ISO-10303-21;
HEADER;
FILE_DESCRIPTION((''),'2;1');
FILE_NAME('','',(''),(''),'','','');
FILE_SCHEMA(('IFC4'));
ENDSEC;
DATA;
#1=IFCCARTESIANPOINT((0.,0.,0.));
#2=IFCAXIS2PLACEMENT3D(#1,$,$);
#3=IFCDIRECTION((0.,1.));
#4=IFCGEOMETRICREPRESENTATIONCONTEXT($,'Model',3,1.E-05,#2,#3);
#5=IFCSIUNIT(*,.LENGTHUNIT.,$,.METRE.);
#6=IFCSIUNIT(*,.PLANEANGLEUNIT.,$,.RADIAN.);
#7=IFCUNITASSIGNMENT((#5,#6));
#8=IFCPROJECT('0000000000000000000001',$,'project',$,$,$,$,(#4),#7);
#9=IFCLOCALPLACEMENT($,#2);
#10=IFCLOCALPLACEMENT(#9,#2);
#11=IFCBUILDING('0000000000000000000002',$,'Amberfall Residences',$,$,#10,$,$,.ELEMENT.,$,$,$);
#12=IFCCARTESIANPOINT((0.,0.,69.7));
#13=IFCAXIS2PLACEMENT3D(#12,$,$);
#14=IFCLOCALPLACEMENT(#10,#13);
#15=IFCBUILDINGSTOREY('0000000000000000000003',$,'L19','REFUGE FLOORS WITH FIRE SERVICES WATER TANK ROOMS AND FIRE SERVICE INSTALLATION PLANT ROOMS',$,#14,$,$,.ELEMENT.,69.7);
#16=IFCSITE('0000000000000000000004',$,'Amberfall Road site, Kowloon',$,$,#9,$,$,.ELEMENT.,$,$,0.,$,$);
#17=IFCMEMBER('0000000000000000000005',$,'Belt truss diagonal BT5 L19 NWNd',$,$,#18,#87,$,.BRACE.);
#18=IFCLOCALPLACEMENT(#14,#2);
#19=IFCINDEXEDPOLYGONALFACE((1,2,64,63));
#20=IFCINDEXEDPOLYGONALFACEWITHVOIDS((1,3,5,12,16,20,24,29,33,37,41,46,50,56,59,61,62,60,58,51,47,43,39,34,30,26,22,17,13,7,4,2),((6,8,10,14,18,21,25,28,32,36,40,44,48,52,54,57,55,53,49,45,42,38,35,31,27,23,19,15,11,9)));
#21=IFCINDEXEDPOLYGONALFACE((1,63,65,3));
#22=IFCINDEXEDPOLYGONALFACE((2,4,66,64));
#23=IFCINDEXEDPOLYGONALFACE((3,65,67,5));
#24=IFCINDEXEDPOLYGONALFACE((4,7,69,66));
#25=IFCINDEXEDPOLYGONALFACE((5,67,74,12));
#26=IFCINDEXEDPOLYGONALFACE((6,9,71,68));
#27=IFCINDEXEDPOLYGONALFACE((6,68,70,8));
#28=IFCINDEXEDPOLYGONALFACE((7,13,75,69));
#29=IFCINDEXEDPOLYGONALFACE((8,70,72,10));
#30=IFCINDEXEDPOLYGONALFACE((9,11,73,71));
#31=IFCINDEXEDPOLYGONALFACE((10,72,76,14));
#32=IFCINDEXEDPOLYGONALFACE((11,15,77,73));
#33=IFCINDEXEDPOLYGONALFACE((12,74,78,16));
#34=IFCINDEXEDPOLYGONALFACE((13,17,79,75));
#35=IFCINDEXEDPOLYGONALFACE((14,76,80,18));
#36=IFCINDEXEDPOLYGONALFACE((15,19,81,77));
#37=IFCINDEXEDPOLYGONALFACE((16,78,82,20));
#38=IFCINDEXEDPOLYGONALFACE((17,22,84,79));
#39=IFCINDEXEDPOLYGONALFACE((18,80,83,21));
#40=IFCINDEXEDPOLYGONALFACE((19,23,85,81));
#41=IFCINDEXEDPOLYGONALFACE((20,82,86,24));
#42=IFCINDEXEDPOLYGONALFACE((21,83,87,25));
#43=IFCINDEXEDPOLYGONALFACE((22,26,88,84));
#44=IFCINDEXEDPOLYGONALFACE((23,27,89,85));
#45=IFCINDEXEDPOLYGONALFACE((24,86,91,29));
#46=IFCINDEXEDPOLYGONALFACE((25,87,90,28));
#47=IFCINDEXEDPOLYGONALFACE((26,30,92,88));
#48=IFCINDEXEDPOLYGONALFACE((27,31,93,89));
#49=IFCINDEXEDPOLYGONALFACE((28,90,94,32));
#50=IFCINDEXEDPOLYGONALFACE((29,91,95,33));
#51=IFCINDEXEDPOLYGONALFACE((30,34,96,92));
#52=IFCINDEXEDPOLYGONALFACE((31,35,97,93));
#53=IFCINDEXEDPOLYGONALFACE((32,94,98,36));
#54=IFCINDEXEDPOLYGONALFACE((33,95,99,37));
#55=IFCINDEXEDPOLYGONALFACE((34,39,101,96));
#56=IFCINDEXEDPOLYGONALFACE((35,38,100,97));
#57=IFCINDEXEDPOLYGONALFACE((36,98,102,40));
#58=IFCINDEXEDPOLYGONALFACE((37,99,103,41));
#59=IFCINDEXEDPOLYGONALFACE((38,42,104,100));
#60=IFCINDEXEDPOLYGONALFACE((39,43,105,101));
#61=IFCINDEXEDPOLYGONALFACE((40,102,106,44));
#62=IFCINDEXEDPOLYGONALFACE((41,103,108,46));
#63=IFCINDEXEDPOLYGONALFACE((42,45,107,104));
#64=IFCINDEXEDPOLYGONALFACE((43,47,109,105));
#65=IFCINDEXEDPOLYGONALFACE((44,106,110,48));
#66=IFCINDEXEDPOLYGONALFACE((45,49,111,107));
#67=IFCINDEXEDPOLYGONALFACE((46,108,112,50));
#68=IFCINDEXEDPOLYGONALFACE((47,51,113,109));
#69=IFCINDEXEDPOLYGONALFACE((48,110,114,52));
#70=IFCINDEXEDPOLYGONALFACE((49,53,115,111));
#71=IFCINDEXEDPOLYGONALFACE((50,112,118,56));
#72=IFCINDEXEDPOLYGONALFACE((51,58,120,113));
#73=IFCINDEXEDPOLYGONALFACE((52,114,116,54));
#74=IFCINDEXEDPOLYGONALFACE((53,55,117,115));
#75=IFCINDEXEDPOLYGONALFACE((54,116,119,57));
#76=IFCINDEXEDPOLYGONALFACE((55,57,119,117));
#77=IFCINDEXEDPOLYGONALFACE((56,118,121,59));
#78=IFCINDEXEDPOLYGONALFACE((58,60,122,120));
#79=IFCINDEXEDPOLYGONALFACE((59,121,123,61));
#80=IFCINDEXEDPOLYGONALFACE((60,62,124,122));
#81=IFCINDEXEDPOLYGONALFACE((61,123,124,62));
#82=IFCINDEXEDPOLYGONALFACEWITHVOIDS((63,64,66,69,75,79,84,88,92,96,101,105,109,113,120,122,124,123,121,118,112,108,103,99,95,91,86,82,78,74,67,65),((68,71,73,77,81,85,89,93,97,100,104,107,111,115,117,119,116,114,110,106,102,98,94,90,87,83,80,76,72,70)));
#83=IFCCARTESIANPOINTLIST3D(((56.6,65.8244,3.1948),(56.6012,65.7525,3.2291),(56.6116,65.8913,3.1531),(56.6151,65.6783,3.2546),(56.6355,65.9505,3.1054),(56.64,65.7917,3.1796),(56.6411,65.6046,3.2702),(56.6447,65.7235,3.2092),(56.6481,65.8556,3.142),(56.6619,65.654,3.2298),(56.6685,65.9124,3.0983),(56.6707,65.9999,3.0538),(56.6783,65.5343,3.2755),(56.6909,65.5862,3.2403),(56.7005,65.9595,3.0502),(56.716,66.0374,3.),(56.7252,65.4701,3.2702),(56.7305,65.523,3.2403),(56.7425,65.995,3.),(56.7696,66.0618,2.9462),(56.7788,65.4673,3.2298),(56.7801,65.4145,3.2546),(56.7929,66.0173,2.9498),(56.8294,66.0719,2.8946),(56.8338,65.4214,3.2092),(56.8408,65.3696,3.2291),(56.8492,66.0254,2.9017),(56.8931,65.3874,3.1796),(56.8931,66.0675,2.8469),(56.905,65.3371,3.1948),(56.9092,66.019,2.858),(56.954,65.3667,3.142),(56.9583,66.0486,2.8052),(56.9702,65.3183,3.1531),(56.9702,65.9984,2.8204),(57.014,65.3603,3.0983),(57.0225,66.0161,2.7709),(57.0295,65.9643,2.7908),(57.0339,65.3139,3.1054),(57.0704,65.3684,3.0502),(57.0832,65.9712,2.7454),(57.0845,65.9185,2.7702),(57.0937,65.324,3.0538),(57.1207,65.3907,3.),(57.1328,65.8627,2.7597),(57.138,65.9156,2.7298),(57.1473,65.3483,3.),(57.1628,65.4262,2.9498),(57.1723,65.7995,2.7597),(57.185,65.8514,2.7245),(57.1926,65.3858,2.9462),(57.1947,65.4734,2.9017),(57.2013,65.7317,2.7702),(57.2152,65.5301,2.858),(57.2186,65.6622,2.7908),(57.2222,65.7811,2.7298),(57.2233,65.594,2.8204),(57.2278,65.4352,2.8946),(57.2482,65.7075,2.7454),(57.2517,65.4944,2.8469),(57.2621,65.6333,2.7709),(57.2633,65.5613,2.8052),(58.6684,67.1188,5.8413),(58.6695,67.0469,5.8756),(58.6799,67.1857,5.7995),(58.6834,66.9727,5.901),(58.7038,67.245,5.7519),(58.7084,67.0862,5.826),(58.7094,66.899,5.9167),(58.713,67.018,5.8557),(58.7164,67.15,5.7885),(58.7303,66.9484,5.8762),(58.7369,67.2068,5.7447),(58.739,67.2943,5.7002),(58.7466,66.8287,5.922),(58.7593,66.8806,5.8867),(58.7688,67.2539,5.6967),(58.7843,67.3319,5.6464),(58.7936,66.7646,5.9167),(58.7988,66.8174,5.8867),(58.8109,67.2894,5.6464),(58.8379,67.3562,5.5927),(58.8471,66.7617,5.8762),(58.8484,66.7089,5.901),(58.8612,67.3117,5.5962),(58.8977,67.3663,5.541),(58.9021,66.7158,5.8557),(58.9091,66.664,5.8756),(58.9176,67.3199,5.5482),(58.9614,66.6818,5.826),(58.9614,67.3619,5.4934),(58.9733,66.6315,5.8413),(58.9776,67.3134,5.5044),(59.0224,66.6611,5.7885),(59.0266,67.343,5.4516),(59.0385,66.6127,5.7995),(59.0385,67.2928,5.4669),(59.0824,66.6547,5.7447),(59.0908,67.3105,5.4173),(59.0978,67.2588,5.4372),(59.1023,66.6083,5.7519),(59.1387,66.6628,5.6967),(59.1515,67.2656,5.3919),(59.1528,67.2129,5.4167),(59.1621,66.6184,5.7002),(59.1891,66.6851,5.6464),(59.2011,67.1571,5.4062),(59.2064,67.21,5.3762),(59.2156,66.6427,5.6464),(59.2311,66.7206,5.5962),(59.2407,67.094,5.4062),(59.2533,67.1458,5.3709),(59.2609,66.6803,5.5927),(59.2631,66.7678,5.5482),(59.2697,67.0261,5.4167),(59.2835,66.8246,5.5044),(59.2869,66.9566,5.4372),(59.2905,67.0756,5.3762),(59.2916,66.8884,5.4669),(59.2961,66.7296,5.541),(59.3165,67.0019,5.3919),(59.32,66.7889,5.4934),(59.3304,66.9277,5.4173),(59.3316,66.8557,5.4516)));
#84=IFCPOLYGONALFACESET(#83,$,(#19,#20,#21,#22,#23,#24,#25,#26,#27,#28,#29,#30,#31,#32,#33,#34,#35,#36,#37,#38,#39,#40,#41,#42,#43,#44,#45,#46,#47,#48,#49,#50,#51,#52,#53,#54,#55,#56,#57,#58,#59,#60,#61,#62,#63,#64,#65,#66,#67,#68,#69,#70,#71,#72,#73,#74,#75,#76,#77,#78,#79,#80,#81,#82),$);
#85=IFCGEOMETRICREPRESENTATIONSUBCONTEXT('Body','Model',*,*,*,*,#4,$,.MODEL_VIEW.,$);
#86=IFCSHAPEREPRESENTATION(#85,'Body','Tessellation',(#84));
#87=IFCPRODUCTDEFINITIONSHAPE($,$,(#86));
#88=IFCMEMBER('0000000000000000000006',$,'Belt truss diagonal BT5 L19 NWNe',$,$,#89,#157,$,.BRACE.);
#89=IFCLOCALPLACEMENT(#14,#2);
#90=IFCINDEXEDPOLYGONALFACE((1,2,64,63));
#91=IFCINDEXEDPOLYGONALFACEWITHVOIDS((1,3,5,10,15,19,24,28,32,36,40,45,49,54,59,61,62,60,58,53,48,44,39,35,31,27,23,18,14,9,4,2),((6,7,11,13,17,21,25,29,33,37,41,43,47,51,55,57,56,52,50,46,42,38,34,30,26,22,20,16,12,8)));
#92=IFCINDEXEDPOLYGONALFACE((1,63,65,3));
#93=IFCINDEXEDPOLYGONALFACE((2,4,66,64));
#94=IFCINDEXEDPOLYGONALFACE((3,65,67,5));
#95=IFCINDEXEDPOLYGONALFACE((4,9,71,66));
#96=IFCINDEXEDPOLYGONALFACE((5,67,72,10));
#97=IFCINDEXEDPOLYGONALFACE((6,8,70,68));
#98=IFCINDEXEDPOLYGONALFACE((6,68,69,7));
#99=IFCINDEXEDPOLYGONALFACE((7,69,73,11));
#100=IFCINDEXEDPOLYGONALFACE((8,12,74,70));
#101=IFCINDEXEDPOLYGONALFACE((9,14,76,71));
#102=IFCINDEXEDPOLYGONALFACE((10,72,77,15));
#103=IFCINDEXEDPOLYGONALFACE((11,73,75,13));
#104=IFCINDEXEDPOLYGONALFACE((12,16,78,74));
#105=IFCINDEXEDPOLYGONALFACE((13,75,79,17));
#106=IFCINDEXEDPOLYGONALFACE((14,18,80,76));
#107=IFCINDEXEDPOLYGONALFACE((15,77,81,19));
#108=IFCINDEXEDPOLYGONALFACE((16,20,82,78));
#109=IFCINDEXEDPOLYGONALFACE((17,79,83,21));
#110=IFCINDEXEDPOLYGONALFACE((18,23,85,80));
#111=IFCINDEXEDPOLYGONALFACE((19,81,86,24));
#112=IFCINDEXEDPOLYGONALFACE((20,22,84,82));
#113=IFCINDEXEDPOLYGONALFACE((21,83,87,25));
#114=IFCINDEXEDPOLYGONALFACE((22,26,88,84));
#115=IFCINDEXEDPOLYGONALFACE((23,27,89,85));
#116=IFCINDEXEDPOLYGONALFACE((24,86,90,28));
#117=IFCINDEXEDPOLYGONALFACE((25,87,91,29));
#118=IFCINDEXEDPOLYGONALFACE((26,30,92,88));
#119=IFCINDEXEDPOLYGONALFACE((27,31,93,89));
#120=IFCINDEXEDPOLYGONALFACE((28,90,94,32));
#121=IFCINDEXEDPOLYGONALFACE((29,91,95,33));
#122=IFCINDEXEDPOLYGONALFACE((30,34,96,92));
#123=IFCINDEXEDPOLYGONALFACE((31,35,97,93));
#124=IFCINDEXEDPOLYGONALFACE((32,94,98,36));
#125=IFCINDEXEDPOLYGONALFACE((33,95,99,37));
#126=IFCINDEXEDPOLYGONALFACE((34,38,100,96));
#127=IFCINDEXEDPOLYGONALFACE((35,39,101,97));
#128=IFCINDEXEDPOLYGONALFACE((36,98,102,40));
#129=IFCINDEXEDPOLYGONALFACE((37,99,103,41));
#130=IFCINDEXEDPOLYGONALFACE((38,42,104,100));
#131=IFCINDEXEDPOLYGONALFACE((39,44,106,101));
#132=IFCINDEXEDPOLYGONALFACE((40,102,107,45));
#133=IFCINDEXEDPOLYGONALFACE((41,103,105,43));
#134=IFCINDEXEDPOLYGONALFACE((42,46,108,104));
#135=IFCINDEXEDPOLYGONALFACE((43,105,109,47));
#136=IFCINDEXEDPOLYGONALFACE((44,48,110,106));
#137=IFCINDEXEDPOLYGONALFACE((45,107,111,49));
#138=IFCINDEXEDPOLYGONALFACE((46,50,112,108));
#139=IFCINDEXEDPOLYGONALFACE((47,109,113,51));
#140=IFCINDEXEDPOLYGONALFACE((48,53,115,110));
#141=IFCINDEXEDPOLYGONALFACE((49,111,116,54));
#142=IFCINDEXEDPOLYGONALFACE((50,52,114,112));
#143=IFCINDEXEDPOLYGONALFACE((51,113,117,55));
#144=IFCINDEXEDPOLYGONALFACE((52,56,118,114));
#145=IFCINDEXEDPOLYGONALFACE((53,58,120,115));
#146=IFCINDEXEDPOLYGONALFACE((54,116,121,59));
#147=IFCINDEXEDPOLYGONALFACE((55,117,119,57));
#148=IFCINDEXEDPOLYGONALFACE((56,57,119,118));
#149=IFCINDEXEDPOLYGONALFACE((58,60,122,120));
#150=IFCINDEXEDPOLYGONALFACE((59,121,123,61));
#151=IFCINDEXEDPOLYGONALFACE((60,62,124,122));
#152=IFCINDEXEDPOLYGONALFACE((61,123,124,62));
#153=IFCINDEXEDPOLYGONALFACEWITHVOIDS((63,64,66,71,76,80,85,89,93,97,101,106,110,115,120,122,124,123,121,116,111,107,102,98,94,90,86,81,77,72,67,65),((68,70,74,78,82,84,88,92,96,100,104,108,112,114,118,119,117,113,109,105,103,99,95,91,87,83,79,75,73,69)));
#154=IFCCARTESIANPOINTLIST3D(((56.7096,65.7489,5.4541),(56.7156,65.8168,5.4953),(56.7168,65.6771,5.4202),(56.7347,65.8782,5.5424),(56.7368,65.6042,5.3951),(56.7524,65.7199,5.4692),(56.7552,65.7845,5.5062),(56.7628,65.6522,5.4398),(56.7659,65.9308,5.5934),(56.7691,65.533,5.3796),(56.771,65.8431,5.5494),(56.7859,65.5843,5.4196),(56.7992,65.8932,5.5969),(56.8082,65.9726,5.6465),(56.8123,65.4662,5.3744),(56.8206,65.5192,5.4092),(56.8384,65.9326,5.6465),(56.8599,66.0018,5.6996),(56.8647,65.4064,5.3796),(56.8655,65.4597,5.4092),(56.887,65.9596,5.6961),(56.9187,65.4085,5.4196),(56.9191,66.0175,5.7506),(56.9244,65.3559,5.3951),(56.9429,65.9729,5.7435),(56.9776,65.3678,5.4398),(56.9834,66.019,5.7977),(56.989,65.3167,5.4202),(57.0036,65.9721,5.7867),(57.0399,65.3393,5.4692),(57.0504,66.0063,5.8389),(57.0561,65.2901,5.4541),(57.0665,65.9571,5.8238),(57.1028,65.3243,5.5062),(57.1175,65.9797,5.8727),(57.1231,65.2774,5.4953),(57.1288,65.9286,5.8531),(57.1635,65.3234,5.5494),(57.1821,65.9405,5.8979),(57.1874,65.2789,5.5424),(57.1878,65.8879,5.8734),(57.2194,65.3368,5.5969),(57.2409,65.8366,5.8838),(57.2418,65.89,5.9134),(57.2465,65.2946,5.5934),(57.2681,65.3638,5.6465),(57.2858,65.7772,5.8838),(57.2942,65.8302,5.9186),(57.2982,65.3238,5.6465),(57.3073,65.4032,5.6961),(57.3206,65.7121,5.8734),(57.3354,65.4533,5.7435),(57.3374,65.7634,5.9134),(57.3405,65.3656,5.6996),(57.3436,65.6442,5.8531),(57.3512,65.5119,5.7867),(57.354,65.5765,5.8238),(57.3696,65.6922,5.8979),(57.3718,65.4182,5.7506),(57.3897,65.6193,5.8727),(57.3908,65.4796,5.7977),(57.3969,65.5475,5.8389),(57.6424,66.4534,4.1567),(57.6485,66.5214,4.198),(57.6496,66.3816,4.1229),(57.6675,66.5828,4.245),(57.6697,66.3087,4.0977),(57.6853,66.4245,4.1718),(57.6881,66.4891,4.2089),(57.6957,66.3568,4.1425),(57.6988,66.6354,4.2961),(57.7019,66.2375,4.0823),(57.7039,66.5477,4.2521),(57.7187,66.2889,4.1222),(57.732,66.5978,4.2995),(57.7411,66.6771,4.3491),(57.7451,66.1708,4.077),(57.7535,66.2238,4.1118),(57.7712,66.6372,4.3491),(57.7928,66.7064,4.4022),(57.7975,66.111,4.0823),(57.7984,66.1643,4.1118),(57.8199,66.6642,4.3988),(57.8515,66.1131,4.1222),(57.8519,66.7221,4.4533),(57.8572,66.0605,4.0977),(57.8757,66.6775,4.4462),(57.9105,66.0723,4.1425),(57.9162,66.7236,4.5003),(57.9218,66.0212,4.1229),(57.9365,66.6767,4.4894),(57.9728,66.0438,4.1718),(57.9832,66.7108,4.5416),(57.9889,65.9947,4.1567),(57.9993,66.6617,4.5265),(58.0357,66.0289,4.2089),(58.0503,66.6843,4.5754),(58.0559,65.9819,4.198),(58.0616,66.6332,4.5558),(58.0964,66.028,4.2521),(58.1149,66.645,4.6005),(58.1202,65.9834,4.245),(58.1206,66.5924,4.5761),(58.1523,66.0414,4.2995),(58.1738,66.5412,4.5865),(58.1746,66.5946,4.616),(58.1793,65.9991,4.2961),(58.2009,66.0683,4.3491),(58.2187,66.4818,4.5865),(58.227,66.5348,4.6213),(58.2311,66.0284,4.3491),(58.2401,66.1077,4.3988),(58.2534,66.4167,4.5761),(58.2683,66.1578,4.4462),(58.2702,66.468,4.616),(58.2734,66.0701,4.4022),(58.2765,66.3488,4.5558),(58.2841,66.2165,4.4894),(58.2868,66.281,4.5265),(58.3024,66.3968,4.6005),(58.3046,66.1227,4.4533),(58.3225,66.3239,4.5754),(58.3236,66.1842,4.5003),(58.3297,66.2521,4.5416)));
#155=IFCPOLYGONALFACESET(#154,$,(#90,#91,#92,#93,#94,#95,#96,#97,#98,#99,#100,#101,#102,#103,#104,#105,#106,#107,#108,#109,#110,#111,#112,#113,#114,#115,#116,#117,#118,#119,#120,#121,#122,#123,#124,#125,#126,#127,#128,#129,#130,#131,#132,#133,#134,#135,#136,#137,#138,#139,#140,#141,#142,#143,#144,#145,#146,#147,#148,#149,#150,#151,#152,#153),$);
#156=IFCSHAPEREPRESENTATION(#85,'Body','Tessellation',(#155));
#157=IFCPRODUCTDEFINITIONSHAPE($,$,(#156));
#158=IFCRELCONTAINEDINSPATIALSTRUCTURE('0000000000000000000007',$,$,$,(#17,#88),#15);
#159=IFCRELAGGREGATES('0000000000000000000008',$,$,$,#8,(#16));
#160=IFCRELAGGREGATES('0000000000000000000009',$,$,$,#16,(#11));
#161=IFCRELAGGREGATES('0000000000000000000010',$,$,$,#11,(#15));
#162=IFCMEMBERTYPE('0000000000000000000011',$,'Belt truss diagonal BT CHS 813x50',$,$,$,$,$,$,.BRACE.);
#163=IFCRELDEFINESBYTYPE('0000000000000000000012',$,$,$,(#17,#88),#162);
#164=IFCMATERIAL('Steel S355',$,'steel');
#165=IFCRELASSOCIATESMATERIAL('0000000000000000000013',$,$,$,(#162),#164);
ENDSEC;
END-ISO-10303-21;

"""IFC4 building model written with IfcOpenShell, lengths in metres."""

from ifc_helpers import new_model, si_unit, direction, frame, origin, origin_2d, place, context, subcontext, project, spatial, hollow_circle, extrude, material, material_profile, profile_set, type_object, element, save


model = new_model("IFC4")

# Units and contexts
model_context = context("Model", 3, precision=1e-05, world=origin(), true_north=direction((0.0, 1.0)))
body_context = subcontext(model_context, "Body", "Model", "MODEL_VIEW")
ifc_project = project(units=[si_unit("LENGTHUNIT", "METRE"), si_unit("PLANEANGLEUNIT", "RADIAN")], contexts=[model_context])

# Site, building, storey
site_placement = place(None, origin())
site = spatial("IfcSite", under=ifc_project, at=site_placement, Name="Amberfall Road site, Kowloon", CompositionType="ELEMENT", RefElevation=0.0)
building_placement = place(site_placement, origin())
building = spatial("IfcBuilding", under=site, at=building_placement, Name="Amberfall Residences", CompositionType="ELEMENT")
storey_placement = place(building_placement, frame((0.0, 0.0, 69.7)))
storey = spatial("IfcBuildingStorey", under=building, at=storey_placement, Name="L19", Description="REFUGE FLOORS WITH FIRE SERVICES WATER TANK ROOMS AND FIRE SERVICE INSTALLATION PLANT ROOMS", CompositionType="ELEMENT", Elevation=69.7)

# Shared definitions
ifc_material_1 = material(Name="Steel S355", Category="steel")

# Members
ifc_material_profile_1 = material_profile(ifc_material_1, hollow_circle(Radius=0.4065, WallThickness=0.05, at=origin_2d()), Name="CHS 813x50")
ifc_profile_set_1 = profile_set([ifc_material_profile_1], Name="Steel S355")
member_type = type_object("IfcMemberType", Name="Belt truss diagonal BT CHS 813x50", PredefinedType="BRACE", material=ifc_profile_set_1)
member_1_placement = place(storey_placement, frame((56.9316, 65.6929, 3.0), z_axis=(0.574599, 0.359599, 0.735204), x_axis=(-0.530503, 0.847683, 0.0)))
element("IfcMember", 1, at=member_1_placement, inside=storey, type_object=member_type, Name="Belt truss diagonal BT5 L19 NWNd", PredefinedType="BRACE", context=body_context, shape_type="SweptSolid", body=[
    extrude(hollow_circle(Radius=0.4065, WallThickness=0.05, at=origin_2d()), origin(), (0.0, 0.0, 1.0), 3.5996),
])
member_2_placement = place(storey_placement, frame((57.0532, 65.6482, 5.6465), z_axis=(0.53417, 0.403458, -0.742889), x_axis=(-0.602703, 0.797966, 0.0)))
element("IfcMember", 2, at=member_2_placement, inside=storey, type_object=member_type, Name="Belt truss diagonal BT5 L19 NWNe", PredefinedType="BRACE", context=body_context, shape_type="SweptSolid", body=[
    extrude(hollow_circle(Radius=0.4065, WallThickness=0.05, at=origin_2d()), origin(), (0.0, 0.0, 1.0), 1.7463),
])

save(model, "model.ifc")
